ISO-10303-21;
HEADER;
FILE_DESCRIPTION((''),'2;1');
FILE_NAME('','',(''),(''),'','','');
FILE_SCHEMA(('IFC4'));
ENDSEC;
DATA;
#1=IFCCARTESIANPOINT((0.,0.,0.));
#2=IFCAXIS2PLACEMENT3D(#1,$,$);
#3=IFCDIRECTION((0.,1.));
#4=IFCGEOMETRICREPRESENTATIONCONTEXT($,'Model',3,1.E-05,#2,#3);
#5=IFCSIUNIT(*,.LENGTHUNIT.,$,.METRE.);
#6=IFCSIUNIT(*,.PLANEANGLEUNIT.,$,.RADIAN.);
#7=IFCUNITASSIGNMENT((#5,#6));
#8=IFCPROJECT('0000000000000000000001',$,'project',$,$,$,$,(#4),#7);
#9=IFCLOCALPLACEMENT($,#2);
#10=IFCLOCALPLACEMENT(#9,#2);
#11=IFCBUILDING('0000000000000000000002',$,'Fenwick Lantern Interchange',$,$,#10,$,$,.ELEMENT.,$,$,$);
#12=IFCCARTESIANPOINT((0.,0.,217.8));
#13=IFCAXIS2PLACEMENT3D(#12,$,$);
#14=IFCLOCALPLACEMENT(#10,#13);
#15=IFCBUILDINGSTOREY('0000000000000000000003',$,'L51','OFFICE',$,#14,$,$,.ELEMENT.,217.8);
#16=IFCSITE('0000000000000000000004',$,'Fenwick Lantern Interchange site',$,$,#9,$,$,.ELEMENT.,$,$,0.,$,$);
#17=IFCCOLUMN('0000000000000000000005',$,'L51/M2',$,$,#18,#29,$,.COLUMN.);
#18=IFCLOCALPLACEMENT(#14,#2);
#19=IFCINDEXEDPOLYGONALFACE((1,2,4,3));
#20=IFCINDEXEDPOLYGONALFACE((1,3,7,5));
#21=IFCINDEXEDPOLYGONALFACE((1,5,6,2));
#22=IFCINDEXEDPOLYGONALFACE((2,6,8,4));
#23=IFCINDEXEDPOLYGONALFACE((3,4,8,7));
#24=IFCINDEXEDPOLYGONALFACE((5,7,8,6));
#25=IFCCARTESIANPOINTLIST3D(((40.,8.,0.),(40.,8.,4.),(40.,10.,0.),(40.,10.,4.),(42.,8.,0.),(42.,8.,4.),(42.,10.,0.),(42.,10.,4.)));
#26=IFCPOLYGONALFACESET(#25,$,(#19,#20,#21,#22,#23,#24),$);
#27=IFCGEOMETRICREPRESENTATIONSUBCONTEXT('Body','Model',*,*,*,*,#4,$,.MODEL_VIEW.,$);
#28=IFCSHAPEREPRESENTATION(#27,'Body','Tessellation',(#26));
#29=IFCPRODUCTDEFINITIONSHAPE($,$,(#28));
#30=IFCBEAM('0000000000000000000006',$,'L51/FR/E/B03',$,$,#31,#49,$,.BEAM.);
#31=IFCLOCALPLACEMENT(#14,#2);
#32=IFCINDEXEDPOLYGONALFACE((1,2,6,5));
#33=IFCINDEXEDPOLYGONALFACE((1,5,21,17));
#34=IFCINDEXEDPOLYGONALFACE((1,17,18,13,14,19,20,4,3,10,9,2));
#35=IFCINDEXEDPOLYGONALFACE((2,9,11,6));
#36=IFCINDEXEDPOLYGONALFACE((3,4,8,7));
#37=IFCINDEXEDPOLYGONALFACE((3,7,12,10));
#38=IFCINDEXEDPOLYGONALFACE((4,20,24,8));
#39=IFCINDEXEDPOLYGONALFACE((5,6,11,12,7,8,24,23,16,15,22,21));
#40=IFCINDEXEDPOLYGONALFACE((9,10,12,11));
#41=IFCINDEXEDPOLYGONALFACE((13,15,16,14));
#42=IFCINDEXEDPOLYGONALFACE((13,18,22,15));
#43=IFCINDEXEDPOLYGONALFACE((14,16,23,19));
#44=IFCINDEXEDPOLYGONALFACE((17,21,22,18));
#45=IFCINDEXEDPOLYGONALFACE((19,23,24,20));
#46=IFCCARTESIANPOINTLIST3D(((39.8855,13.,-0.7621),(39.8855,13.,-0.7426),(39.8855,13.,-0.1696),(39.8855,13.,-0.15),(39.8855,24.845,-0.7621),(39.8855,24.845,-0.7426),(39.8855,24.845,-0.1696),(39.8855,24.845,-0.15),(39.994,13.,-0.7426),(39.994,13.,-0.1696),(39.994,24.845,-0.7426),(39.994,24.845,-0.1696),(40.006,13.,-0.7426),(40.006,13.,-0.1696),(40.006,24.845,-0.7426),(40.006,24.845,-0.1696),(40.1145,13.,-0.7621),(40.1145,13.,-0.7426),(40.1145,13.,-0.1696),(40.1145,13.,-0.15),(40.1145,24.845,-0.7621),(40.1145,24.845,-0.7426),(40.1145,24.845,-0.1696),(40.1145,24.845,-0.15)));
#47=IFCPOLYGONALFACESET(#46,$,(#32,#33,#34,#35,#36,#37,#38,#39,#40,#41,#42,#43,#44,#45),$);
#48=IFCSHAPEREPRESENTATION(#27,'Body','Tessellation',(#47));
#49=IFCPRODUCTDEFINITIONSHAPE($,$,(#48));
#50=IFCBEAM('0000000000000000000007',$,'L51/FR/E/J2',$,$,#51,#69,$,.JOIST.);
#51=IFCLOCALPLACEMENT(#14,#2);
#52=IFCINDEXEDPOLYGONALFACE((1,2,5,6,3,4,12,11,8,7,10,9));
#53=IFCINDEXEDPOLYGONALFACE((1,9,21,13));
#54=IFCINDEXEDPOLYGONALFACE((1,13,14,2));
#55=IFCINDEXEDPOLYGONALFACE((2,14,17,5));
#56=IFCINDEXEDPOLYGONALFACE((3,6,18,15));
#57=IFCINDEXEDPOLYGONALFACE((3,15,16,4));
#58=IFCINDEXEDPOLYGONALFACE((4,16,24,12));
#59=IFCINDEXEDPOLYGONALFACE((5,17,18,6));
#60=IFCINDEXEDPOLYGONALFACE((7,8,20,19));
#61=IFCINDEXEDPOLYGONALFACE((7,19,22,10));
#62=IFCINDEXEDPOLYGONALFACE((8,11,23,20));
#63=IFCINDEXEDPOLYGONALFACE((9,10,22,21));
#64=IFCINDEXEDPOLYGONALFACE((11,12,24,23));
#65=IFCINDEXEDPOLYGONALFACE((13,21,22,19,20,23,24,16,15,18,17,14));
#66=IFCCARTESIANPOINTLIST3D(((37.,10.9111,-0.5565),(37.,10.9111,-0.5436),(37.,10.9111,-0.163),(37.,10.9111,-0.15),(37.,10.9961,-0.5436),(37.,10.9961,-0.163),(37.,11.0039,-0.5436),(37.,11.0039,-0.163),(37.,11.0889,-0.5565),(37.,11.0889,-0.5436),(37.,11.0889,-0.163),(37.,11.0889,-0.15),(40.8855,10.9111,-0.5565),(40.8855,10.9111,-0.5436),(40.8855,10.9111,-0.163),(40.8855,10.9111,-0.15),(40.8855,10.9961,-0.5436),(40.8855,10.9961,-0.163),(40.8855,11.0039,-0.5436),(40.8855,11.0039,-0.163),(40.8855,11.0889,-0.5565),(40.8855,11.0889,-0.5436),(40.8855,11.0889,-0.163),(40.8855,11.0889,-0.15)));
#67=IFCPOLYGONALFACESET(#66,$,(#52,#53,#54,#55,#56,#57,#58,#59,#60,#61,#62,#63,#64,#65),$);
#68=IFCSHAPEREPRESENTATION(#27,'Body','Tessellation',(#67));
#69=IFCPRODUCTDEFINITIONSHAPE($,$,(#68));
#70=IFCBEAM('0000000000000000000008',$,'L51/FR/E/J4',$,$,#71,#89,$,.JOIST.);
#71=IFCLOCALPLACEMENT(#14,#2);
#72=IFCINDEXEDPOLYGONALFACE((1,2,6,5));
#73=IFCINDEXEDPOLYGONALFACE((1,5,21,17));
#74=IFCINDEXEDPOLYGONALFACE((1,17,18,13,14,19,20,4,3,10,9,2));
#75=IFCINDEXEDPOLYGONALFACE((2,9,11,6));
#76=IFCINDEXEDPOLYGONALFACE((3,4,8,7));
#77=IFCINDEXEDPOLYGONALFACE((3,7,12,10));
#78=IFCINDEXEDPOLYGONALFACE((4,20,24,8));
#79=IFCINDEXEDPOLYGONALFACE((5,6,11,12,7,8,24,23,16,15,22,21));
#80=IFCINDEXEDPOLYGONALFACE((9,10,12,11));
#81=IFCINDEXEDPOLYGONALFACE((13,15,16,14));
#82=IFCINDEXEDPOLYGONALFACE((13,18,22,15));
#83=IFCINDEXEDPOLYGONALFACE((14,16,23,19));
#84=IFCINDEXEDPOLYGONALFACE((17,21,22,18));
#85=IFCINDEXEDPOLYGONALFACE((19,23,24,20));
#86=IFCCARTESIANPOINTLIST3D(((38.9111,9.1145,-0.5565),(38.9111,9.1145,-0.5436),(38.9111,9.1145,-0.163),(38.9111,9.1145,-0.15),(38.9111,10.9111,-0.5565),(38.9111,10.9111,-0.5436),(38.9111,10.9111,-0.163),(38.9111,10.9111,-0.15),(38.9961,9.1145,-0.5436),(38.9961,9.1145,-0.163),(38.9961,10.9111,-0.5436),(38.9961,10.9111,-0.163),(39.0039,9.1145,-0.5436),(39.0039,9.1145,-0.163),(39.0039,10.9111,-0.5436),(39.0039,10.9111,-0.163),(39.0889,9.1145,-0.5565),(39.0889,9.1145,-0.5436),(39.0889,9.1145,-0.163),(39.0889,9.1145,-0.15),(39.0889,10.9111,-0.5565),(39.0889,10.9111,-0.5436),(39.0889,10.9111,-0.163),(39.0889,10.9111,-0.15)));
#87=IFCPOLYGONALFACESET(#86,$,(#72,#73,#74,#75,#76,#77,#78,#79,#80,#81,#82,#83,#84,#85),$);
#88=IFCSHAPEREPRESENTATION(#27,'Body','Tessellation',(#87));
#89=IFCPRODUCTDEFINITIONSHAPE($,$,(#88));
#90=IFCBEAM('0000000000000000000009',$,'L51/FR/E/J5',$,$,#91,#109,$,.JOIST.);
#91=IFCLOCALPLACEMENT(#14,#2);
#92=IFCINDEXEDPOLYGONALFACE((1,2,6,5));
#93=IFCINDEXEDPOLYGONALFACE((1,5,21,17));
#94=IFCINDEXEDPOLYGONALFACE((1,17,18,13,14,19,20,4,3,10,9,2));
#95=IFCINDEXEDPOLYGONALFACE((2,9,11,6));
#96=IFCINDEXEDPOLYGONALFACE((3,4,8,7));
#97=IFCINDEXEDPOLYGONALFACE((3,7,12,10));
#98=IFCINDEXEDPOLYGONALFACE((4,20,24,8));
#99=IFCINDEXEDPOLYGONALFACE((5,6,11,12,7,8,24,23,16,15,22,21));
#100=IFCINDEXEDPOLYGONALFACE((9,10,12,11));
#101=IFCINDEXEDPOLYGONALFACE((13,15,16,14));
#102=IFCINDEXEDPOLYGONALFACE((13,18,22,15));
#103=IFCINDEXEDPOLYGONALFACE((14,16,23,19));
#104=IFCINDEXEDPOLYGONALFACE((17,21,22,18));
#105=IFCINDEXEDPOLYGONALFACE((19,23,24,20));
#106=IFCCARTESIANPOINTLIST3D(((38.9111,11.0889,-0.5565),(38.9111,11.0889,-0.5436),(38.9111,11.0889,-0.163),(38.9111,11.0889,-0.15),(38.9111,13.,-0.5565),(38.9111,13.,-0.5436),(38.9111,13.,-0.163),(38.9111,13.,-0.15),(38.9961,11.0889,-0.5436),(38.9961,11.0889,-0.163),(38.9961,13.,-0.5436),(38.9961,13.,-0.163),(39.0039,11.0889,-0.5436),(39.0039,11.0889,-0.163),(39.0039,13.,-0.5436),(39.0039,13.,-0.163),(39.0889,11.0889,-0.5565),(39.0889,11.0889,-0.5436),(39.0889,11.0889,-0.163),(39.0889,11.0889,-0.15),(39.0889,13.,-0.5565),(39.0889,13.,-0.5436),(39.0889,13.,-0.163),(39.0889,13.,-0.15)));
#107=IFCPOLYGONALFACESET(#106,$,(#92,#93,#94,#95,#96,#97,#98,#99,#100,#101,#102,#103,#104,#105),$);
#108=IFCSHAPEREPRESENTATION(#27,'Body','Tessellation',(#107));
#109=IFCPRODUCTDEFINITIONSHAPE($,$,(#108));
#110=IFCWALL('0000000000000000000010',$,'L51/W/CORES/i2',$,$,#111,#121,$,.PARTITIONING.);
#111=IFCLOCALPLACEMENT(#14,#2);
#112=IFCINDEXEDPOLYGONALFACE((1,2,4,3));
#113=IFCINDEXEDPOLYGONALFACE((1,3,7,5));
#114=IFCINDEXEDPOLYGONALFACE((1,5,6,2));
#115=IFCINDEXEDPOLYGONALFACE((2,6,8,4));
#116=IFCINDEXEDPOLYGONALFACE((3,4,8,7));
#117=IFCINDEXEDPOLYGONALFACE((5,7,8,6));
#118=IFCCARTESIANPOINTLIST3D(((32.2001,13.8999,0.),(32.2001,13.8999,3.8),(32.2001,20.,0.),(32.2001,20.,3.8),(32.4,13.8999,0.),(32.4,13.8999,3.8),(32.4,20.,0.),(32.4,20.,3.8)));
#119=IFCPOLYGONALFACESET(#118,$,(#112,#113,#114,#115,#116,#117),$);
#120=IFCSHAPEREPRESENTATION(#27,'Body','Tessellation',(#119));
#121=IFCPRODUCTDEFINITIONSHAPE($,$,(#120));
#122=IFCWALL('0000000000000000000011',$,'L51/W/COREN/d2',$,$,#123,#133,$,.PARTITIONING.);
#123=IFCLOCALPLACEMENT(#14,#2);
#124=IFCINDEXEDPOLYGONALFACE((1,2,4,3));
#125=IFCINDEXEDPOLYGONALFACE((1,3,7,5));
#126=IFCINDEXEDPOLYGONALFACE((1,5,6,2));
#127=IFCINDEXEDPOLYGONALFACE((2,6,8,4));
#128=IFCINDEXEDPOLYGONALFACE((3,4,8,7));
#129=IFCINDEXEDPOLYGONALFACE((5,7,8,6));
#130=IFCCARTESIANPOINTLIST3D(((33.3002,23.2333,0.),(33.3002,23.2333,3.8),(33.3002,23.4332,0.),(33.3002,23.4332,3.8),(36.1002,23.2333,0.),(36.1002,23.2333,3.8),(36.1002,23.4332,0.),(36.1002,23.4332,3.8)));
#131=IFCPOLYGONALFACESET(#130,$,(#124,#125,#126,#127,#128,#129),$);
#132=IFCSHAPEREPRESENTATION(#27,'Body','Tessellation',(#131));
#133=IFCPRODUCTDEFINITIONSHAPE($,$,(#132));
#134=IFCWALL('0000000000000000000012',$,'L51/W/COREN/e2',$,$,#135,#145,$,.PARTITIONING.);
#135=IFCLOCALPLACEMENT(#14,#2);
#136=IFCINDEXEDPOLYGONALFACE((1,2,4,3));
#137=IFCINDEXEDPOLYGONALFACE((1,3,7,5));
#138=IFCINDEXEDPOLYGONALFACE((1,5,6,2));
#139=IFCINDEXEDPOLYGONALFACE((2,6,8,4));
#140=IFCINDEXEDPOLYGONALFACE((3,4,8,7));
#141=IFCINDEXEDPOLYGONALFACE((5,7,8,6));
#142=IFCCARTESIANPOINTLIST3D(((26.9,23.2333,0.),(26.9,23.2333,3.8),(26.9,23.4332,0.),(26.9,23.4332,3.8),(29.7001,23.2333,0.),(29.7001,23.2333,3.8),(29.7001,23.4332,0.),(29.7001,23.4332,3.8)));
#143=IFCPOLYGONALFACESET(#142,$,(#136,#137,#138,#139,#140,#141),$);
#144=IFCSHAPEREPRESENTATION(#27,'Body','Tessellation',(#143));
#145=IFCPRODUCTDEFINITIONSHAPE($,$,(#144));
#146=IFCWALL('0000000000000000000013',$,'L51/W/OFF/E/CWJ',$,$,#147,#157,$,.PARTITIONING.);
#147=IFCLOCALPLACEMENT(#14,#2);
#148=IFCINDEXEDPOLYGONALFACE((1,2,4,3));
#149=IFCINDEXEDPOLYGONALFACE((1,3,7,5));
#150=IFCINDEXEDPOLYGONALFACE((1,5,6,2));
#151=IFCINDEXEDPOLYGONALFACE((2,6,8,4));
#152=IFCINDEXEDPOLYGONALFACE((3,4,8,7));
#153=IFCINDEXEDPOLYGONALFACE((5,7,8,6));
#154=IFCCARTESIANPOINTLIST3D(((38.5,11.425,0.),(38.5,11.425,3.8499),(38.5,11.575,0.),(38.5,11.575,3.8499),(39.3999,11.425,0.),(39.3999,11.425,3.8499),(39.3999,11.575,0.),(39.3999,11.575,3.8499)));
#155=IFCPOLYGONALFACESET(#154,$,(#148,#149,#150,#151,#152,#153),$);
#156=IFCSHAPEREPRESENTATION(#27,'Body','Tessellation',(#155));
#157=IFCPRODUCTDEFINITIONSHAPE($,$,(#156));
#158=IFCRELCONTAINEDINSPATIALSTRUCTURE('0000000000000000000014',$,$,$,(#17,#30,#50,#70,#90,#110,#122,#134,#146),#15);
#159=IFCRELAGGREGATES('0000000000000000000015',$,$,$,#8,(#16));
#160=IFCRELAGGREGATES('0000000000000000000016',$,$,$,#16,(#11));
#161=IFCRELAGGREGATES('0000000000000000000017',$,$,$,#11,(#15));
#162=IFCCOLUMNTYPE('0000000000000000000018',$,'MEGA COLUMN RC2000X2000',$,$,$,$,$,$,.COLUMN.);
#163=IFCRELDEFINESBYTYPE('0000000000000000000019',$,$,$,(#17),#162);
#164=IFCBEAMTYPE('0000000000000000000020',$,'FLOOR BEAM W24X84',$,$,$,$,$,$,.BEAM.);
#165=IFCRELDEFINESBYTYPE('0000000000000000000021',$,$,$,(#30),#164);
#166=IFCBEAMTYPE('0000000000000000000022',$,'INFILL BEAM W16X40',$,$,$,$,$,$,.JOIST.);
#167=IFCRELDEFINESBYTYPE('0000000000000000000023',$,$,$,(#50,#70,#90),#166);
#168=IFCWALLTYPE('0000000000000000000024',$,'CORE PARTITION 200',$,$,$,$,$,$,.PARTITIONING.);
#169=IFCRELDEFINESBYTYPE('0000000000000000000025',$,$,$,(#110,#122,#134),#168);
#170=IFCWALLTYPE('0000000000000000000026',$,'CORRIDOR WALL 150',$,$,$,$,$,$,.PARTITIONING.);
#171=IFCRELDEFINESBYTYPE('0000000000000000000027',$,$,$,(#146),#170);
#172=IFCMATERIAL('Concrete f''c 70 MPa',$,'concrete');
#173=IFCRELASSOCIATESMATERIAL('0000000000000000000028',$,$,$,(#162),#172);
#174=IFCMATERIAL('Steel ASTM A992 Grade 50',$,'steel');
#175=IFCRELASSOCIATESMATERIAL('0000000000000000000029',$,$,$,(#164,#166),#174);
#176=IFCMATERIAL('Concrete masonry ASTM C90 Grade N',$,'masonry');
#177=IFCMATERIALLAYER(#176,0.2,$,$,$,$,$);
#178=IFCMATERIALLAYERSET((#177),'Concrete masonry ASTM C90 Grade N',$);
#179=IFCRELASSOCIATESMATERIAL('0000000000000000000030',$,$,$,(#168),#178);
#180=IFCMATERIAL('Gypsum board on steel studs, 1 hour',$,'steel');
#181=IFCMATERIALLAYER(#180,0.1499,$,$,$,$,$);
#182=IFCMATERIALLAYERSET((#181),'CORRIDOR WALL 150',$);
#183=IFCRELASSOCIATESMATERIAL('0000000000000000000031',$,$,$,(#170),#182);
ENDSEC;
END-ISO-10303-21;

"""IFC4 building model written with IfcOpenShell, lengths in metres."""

from ifc_helpers import new_model, si_unit, direction, frame, frame_2d, origin, origin_2d, place, context, subcontext, project, spatial, rectangle, i_section, extrude, material, layer, layer_set, material_profile, profile_set, type_object, element, save


model = new_model("IFC4")

# Units and contexts
model_context = context("Model", 3, precision=1e-05, world=origin(), true_north=direction((0.0, 1.0)))
body_context = subcontext(model_context, "Body", "Model", "MODEL_VIEW")
ifc_project = project(units=[si_unit("LENGTHUNIT", "METRE"), si_unit("PLANEANGLEUNIT", "RADIAN")], contexts=[model_context])

# Site, building, storey
site_placement = place(None, origin())
site = spatial("IfcSite", under=ifc_project, at=site_placement, Name="Fenwick Lantern Interchange site", CompositionType="ELEMENT", RefElevation=0.0)
building_placement = place(site_placement, origin())
building = spatial("IfcBuilding", under=site, at=building_placement, Name="Fenwick Lantern Interchange", CompositionType="ELEMENT")
storey_placement = place(building_placement, frame((0.0, 0.0, 217.8)))
storey = spatial("IfcBuildingStorey", under=building, at=storey_placement, Name="L51", Description="OFFICE", CompositionType="ELEMENT", Elevation=217.8)

# Column
ifc_material_1 = material(Name="Concrete f'c 70 MPa", Category="concrete")
ifc_material_profile_1 = material_profile(ifc_material_1, rectangle(XDim=2.0, YDim=2.0, at=origin_2d()), Name="RC2000X2000")
ifc_profile_set_1 = profile_set([ifc_material_profile_1], Name="Concrete f'c 70 MPa")
column_type = type_object("IfcColumnType", Name="MEGA COLUMN RC2000X2000", PredefinedType="COLUMN", material=ifc_profile_set_1)
column_placement = place(storey_placement, frame((41.0, 9.0, 0.0), z_axis=(0.0, 0.0, 1.0), x_axis=(1.0, 0.0, 0.0)))
element("IfcColumn", 1, at=column_placement, inside=storey, type_object=column_type, Name="L51/M2", PredefinedType="COLUMN", context=body_context, shape_type="SweptSolid", body=[
    extrude(rectangle(XDim=2.0, YDim=2.0, at=origin_2d()), origin(), (0.0, 0.0, 1.0), 4.0),
])

# Beams
ifc_material_2 = material(Name="Steel ASTM A992 Grade 50", Category="steel")
ifc_material_profile_2 = material_profile(ifc_material_2, i_section(OverallWidth=0.229, OverallDepth=0.6121, WebThickness=0.012, FlangeThickness=0.0195, at=origin_2d()), Name="W24X84")
ifc_profile_set_2 = profile_set([ifc_material_profile_2], Name="Steel ASTM A992 Grade 50")
beam_type_1 = type_object("IfcBeamType", Name="FLOOR BEAM W24X84", PredefinedType="BEAM", material=ifc_profile_set_2)
beam_1_placement = place(storey_placement, frame((40.0, 13.0, -0.4561), z_axis=(0.0, 1.0, 0.0), x_axis=(-1.0, 0.0, 0.0)))
element("IfcBeam", 2, at=beam_1_placement, inside=storey, type_object=beam_type_1, Name="L51/FR/E/B03", PredefinedType="BEAM", context=body_context, shape_type="SweptSolid", body=[
    extrude(i_section(OverallWidth=0.229, OverallDepth=0.6121, WebThickness=0.012, FlangeThickness=0.0195, at=origin_2d()), origin(), (0.0, 0.0, 1.0), 11.845),
])
ifc_material_profile_3 = material_profile(ifc_material_2, i_section(OverallWidth=0.1777, OverallDepth=0.4065, WebThickness=0.0078, FlangeThickness=0.0129, at=origin_2d()), Name="W16X40")
ifc_profile_set_3 = profile_set([ifc_material_profile_3], Name="Steel ASTM A992 Grade 50")
beam_type_2 = type_object("IfcBeamType", Name="INFILL BEAM W16X40", PredefinedType="JOIST", material=ifc_profile_set_3)
beam_2_placement = place(storey_placement, frame((40.8855, 11.0, -0.3533), z_axis=(-1.0, 0.0, 0.0), x_axis=(0.0, -1.0, 0.0)))
element("IfcBeam", 3, at=beam_2_placement, inside=storey, type_object=beam_type_2, Name="L51/FR/E/J2", PredefinedType="JOIST", context=body_context, shape_type="SweptSolid", body=[
    extrude(i_section(OverallWidth=0.1777, OverallDepth=0.4065, WebThickness=0.0078, FlangeThickness=0.0129, at=origin_2d()), origin(), (0.0, 0.0, 1.0), 3.8855),
])
beam_3_placement = place(storey_placement, frame((39.0, 9.1145, -0.3533), z_axis=(0.0, 1.0, 0.0), x_axis=(-1.0, 0.0, 0.0)))
element("IfcBeam", 4, at=beam_3_placement, inside=storey, type_object=beam_type_2, Name="L51/FR/E/J4", PredefinedType="JOIST", context=body_context, shape_type="SweptSolid", body=[
    extrude(i_section(OverallWidth=0.1777, OverallDepth=0.4065, WebThickness=0.0078, FlangeThickness=0.0129, at=origin_2d()), origin(), (0.0, 0.0, 1.0), 1.7966),
])
beam_4_placement = place(storey_placement, frame((39.0, 11.0889, -0.3533), z_axis=(0.0, 1.0, 0.0), x_axis=(-1.0, 0.0, 0.0)))
element("IfcBeam", 5, at=beam_4_placement, inside=storey, type_object=beam_type_2, Name="L51/FR/E/J5", PredefinedType="JOIST", context=body_context, shape_type="SweptSolid", body=[
    extrude(i_section(OverallWidth=0.1777, OverallDepth=0.4065, WebThickness=0.0078, FlangeThickness=0.0129, at=origin_2d()), origin(), (0.0, 0.0, 1.0), 1.9111),
])

# Walls
ifc_material_3 = material(Name="Concrete masonry ASTM C90 Grade N", Category="masonry")
ifc_layer_1 = layer(ifc_material_3, 0.2)
ifc_layer_set_1 = layer_set([ifc_layer_1], Name="Concrete masonry ASTM C90 Grade N")
wall_type_1 = type_object("IfcWallType", Name="CORE PARTITION 200", PredefinedType="PARTITIONING", material=ifc_layer_set_1)
wall_1_placement = place(storey_placement, frame((32.3, 13.8999, 0.0), z_axis=(0.0, 0.0, 1.0), x_axis=(0.0, 1.0, 0.0)))
element("IfcWall", 6, at=wall_1_placement, inside=storey, type_object=wall_type_1, Name="L51/W/CORES/i2", PredefinedType="PARTITIONING", context=body_context, shape_type="SweptSolid", body=[
    extrude(rectangle(XDim=6.1001, YDim=0.2, at=frame_2d((3.05, 0.0))), origin(), (0.0, 0.0, 1.0), 3.8),
])
for number, where, z_axis, x_axis, name in (
    (7, (36.1001, 23.3333, 0.0), (0.0, 0.0, 1.0), (-1.0, 0.0, 0.0), "L51/W/COREN/d2"),
    (8, (29.7, 23.3333, 0.0), (0.0, 0.0, 1.0), (-1.0, 0.0, 0.0), "L51/W/COREN/e2"),
):
    element("IfcWall", number, at=place(storey_placement, frame(where, z_axis=z_axis, x_axis=x_axis)), inside=storey, type_object=wall_type_1, Name=name, PredefinedType="PARTITIONING", context=body_context, shape_type="SweptSolid", body=[
        extrude(rectangle(XDim=2.8, YDim=0.2, at=frame_2d((1.3999, 0.0))), origin(), (0.0, 0.0, 1.0), 3.8),
    ])

# Wall
ifc_material_4 = material(Name="Gypsum board on steel studs, 1 hour", Category="steel")
ifc_layer_2 = layer(ifc_material_4, 0.1499)
ifc_layer_set_2 = layer_set([ifc_layer_2], Name="CORRIDOR WALL 150")
wall_type_2 = type_object("IfcWallType", Name="CORRIDOR WALL 150", PredefinedType="PARTITIONING", material=ifc_layer_set_2)
wall_2_placement = place(storey_placement, frame((38.5, 11.5, 0.0), z_axis=(0.0, 0.0, 1.0), x_axis=(1.0, 0.0, 0.0)))
element("IfcWall", 9, at=wall_2_placement, inside=storey, type_object=wall_type_2, Name="L51/W/OFF/E/CWJ", PredefinedType="PARTITIONING", context=body_context, shape_type="SweptSolid", body=[
    extrude(rectangle(XDim=0.8999, YDim=0.1499, at=frame_2d((0.45, 0.0))), origin(), (0.0, 0.0, 1.0), 3.8499),
])

save(model, "model.ifc")
